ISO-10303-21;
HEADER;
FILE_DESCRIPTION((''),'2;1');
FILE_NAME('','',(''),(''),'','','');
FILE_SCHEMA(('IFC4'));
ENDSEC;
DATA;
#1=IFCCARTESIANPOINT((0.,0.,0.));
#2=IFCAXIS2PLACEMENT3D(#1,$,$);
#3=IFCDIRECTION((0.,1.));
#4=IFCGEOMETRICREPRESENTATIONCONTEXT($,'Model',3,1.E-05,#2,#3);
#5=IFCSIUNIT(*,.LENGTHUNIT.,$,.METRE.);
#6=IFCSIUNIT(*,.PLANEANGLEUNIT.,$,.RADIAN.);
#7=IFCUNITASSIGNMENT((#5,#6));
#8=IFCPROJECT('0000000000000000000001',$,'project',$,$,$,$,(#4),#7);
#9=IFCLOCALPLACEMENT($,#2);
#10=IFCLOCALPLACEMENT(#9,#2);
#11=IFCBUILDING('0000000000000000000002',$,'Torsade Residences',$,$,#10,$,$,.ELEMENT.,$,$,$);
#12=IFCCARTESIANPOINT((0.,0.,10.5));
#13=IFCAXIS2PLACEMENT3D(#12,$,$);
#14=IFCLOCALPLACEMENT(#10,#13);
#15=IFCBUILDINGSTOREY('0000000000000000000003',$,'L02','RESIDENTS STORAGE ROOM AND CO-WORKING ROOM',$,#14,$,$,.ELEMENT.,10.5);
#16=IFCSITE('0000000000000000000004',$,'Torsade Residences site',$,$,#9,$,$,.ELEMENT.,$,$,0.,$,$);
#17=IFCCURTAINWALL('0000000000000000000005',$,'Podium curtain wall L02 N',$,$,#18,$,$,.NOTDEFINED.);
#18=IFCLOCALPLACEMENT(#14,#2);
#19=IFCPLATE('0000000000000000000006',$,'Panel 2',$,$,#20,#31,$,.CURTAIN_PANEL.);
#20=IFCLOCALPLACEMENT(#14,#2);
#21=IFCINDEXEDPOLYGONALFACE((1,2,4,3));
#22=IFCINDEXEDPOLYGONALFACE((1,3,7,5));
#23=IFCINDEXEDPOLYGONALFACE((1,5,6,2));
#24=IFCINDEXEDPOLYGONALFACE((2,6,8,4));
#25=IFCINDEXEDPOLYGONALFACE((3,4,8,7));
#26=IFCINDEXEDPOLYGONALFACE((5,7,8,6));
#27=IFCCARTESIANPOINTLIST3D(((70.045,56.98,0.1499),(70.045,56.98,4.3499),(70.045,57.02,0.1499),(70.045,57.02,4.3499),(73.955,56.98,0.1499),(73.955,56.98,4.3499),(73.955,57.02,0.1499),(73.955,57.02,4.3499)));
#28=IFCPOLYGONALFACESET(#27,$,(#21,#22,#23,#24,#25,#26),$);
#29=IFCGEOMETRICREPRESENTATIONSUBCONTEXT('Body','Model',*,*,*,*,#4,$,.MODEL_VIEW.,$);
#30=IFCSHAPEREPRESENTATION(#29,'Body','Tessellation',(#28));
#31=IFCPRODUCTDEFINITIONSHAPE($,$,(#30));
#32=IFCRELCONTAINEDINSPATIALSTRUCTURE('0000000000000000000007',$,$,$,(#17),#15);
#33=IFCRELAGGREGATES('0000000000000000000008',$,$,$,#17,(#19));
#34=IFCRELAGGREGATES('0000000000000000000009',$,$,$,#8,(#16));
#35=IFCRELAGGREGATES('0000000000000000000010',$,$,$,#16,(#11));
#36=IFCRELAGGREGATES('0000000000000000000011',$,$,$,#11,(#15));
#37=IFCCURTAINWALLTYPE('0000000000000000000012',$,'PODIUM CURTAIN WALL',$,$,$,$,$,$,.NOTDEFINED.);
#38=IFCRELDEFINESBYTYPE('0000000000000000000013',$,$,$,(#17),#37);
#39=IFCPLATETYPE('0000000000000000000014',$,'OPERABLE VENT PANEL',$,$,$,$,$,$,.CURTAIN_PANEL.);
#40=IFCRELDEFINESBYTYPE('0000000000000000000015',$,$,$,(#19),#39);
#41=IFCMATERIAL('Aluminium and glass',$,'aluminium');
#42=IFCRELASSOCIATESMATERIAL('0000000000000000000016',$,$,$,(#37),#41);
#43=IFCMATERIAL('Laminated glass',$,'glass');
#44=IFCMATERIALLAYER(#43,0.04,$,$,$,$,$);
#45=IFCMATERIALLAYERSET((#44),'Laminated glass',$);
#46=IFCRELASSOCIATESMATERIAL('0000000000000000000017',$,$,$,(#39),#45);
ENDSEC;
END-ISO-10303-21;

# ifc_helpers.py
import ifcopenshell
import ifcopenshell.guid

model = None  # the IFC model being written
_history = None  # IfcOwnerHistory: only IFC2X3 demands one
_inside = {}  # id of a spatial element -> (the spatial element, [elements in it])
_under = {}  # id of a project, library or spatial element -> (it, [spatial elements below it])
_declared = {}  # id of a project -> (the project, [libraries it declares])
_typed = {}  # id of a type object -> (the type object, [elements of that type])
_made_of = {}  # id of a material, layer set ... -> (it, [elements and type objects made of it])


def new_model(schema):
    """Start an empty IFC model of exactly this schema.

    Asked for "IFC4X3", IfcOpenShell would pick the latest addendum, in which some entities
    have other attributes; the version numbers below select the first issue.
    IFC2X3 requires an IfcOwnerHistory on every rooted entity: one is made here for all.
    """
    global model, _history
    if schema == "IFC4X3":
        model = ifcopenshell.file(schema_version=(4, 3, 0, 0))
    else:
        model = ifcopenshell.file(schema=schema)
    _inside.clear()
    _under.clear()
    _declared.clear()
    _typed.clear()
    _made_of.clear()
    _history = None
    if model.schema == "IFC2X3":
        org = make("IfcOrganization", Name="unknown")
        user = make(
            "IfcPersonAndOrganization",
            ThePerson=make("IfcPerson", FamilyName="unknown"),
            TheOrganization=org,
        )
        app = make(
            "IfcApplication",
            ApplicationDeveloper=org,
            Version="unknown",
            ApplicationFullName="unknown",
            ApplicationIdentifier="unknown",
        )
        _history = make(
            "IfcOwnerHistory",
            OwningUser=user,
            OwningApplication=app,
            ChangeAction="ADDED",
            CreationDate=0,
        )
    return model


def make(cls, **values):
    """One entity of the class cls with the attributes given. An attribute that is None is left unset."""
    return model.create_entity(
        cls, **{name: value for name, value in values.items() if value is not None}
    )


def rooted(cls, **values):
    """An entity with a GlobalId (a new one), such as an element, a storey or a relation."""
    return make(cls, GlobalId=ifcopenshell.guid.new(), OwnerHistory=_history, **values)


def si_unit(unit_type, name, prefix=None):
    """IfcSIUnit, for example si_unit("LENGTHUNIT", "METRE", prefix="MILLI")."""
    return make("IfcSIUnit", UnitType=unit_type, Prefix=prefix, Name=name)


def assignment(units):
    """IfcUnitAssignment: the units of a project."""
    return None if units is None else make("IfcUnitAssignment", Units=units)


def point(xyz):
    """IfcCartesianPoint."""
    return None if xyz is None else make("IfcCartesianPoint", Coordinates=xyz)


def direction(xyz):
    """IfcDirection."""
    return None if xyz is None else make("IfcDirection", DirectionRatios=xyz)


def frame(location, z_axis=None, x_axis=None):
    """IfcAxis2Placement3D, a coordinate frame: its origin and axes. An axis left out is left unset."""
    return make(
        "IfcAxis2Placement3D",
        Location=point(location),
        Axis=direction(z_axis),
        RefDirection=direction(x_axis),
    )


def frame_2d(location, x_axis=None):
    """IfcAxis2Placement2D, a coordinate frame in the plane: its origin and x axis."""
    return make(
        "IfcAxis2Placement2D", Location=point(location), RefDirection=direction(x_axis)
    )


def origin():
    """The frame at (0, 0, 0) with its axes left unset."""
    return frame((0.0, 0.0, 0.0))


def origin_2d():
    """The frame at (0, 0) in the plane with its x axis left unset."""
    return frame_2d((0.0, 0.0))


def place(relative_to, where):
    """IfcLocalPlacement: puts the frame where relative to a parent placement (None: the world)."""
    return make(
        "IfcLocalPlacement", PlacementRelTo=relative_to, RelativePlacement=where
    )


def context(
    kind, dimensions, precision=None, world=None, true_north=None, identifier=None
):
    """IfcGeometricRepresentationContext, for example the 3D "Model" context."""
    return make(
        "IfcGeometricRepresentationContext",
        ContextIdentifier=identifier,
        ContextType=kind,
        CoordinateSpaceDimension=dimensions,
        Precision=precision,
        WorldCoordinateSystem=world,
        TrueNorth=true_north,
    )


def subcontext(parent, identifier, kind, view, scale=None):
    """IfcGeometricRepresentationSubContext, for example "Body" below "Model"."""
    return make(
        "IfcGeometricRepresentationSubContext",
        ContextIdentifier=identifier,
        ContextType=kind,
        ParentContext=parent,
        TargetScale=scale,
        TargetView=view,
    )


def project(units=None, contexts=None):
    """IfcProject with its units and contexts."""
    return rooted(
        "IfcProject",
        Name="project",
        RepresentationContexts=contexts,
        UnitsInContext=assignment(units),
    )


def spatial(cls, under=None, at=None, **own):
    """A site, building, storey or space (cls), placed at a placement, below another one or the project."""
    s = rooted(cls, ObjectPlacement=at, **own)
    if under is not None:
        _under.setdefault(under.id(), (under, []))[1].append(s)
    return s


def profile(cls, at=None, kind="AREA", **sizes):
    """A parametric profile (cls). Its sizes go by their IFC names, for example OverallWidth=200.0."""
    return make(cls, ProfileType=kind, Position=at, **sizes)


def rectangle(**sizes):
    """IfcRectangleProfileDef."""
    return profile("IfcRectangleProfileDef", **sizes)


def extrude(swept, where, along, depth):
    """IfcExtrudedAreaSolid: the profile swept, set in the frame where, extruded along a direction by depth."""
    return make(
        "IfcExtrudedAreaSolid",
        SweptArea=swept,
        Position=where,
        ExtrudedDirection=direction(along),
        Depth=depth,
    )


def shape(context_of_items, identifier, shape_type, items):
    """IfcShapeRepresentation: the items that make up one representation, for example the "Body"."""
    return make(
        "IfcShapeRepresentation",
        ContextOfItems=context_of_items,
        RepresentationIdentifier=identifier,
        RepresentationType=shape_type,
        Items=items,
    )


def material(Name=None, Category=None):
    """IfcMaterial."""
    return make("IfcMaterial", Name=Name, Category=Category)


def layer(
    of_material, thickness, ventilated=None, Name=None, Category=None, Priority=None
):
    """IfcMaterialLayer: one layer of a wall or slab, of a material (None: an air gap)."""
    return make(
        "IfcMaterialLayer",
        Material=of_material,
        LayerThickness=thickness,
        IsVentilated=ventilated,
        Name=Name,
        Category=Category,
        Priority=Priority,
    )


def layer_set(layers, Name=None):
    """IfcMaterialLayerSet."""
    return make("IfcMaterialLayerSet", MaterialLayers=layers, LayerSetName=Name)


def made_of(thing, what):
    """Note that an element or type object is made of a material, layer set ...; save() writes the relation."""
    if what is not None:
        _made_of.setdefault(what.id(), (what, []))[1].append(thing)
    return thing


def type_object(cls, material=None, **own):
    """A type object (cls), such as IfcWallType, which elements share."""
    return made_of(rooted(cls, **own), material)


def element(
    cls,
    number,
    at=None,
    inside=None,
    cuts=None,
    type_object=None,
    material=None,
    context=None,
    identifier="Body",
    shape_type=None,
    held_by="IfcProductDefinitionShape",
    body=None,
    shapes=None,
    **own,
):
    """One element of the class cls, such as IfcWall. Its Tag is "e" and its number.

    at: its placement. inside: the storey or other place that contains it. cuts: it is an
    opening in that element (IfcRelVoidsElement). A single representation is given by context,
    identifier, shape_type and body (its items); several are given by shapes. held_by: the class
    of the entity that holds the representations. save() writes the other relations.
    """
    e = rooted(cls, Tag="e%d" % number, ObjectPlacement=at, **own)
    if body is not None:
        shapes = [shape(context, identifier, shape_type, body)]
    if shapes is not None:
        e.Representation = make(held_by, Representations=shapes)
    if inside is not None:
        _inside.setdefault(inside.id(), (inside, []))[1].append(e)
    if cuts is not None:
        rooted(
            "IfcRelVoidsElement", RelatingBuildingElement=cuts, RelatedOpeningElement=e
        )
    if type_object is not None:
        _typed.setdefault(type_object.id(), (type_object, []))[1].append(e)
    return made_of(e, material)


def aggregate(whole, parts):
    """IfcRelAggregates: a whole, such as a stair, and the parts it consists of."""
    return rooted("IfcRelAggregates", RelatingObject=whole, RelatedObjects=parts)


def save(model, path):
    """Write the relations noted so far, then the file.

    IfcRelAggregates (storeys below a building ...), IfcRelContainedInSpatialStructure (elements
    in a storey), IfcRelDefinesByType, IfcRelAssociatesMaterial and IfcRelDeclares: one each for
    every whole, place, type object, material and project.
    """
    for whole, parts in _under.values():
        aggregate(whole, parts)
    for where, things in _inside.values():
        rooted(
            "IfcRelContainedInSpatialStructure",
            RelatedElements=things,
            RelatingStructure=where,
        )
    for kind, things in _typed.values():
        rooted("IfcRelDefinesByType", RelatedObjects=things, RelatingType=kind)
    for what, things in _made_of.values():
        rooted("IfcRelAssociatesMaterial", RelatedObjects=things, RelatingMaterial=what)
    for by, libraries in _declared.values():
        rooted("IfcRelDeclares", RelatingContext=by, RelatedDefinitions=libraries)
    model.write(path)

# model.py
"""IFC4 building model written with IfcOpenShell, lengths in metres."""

from ifc_helpers import new_model, si_unit, direction, frame, origin, origin_2d, place, context, subcontext, project, spatial, rectangle, extrude, material, layer, layer_set, type_object, element, aggregate, save


model = new_model("IFC4")

# Units and contexts
model_context = context("Model", 3, precision=1e-05, world=origin(), true_north=direction((0.0, 1.0)))
body_context = subcontext(model_context, "Body", "Model", "MODEL_VIEW")
ifc_project = project(units=[si_unit("LENGTHUNIT", "METRE"), si_unit("PLANEANGLEUNIT", "RADIAN")], contexts=[model_context])

# Site, building, storey
site_placement = place(None, origin())
site = spatial("IfcSite", under=ifc_project, at=site_placement, Name="Torsade Residences site", CompositionType="ELEMENT", RefElevation=0.0)
building_placement = place(site_placement, origin())
building = spatial("IfcBuilding", under=site, at=building_placement, Name="Torsade Residences", CompositionType="ELEMENT")
storey_placement = place(building_placement, frame((0.0, 0.0, 10.5)))
storey = spatial("IfcBuildingStorey", under=building, at=storey_placement, Name="L02", Description="RESIDENTS STORAGE ROOM AND CO-WORKING ROOM", CompositionType="ELEMENT", Elevation=10.5)

# Curtain wall
ifc_material_1 = material(Name="Aluminium and glass", Category="aluminium")
curtain_wall_type = type_object("IfcCurtainWallType", Name="PODIUM CURTAIN WALL", PredefinedType="NOTDEFINED", material=ifc_material_1)
curtain_wall_1_placement = place(storey_placement, origin())
curtain_wall_1 = element("IfcCurtainWall", 1, at=curtain_wall_1_placement, inside=storey, type_object=curtain_wall_type, Name="Podium curtain wall L02 N", PredefinedType="NOTDEFINED")

# Plate
ifc_material_2 = material(Name="Laminated glass", Category="glass")
ifc_layer_1 = layer(ifc_material_2, 0.04)
ifc_layer_set_1 = layer_set([ifc_layer_1], Name="Laminated glass")
plate_type_1 = type_object("IfcPlateType", Name="OPERABLE VENT PANEL", PredefinedType="CURTAIN_PANEL", material=ifc_layer_set_1)
plate_1_placement = place(storey_placement, frame((72.0, 57.0, 0.1499), z_axis=(0.0, 0.0, 1.0), x_axis=(-1.0, 0.0, 0.0)))
plate_1 = element("IfcPlate", 2, at=plate_1_placement, type_object=plate_type_1, Name="Panel 2", PredefinedType="CURTAIN_PANEL", context=body_context, shape_type="SweptSolid", body=[
    extrude(rectangle(XDim=3.9099, YDim=0.04, at=origin_2d()), origin(), (0.0, 0.0, 1.0), 4.2),
])
aggregate(curtain_wall_1, [plate_1])

save(model, "model.ifc")
